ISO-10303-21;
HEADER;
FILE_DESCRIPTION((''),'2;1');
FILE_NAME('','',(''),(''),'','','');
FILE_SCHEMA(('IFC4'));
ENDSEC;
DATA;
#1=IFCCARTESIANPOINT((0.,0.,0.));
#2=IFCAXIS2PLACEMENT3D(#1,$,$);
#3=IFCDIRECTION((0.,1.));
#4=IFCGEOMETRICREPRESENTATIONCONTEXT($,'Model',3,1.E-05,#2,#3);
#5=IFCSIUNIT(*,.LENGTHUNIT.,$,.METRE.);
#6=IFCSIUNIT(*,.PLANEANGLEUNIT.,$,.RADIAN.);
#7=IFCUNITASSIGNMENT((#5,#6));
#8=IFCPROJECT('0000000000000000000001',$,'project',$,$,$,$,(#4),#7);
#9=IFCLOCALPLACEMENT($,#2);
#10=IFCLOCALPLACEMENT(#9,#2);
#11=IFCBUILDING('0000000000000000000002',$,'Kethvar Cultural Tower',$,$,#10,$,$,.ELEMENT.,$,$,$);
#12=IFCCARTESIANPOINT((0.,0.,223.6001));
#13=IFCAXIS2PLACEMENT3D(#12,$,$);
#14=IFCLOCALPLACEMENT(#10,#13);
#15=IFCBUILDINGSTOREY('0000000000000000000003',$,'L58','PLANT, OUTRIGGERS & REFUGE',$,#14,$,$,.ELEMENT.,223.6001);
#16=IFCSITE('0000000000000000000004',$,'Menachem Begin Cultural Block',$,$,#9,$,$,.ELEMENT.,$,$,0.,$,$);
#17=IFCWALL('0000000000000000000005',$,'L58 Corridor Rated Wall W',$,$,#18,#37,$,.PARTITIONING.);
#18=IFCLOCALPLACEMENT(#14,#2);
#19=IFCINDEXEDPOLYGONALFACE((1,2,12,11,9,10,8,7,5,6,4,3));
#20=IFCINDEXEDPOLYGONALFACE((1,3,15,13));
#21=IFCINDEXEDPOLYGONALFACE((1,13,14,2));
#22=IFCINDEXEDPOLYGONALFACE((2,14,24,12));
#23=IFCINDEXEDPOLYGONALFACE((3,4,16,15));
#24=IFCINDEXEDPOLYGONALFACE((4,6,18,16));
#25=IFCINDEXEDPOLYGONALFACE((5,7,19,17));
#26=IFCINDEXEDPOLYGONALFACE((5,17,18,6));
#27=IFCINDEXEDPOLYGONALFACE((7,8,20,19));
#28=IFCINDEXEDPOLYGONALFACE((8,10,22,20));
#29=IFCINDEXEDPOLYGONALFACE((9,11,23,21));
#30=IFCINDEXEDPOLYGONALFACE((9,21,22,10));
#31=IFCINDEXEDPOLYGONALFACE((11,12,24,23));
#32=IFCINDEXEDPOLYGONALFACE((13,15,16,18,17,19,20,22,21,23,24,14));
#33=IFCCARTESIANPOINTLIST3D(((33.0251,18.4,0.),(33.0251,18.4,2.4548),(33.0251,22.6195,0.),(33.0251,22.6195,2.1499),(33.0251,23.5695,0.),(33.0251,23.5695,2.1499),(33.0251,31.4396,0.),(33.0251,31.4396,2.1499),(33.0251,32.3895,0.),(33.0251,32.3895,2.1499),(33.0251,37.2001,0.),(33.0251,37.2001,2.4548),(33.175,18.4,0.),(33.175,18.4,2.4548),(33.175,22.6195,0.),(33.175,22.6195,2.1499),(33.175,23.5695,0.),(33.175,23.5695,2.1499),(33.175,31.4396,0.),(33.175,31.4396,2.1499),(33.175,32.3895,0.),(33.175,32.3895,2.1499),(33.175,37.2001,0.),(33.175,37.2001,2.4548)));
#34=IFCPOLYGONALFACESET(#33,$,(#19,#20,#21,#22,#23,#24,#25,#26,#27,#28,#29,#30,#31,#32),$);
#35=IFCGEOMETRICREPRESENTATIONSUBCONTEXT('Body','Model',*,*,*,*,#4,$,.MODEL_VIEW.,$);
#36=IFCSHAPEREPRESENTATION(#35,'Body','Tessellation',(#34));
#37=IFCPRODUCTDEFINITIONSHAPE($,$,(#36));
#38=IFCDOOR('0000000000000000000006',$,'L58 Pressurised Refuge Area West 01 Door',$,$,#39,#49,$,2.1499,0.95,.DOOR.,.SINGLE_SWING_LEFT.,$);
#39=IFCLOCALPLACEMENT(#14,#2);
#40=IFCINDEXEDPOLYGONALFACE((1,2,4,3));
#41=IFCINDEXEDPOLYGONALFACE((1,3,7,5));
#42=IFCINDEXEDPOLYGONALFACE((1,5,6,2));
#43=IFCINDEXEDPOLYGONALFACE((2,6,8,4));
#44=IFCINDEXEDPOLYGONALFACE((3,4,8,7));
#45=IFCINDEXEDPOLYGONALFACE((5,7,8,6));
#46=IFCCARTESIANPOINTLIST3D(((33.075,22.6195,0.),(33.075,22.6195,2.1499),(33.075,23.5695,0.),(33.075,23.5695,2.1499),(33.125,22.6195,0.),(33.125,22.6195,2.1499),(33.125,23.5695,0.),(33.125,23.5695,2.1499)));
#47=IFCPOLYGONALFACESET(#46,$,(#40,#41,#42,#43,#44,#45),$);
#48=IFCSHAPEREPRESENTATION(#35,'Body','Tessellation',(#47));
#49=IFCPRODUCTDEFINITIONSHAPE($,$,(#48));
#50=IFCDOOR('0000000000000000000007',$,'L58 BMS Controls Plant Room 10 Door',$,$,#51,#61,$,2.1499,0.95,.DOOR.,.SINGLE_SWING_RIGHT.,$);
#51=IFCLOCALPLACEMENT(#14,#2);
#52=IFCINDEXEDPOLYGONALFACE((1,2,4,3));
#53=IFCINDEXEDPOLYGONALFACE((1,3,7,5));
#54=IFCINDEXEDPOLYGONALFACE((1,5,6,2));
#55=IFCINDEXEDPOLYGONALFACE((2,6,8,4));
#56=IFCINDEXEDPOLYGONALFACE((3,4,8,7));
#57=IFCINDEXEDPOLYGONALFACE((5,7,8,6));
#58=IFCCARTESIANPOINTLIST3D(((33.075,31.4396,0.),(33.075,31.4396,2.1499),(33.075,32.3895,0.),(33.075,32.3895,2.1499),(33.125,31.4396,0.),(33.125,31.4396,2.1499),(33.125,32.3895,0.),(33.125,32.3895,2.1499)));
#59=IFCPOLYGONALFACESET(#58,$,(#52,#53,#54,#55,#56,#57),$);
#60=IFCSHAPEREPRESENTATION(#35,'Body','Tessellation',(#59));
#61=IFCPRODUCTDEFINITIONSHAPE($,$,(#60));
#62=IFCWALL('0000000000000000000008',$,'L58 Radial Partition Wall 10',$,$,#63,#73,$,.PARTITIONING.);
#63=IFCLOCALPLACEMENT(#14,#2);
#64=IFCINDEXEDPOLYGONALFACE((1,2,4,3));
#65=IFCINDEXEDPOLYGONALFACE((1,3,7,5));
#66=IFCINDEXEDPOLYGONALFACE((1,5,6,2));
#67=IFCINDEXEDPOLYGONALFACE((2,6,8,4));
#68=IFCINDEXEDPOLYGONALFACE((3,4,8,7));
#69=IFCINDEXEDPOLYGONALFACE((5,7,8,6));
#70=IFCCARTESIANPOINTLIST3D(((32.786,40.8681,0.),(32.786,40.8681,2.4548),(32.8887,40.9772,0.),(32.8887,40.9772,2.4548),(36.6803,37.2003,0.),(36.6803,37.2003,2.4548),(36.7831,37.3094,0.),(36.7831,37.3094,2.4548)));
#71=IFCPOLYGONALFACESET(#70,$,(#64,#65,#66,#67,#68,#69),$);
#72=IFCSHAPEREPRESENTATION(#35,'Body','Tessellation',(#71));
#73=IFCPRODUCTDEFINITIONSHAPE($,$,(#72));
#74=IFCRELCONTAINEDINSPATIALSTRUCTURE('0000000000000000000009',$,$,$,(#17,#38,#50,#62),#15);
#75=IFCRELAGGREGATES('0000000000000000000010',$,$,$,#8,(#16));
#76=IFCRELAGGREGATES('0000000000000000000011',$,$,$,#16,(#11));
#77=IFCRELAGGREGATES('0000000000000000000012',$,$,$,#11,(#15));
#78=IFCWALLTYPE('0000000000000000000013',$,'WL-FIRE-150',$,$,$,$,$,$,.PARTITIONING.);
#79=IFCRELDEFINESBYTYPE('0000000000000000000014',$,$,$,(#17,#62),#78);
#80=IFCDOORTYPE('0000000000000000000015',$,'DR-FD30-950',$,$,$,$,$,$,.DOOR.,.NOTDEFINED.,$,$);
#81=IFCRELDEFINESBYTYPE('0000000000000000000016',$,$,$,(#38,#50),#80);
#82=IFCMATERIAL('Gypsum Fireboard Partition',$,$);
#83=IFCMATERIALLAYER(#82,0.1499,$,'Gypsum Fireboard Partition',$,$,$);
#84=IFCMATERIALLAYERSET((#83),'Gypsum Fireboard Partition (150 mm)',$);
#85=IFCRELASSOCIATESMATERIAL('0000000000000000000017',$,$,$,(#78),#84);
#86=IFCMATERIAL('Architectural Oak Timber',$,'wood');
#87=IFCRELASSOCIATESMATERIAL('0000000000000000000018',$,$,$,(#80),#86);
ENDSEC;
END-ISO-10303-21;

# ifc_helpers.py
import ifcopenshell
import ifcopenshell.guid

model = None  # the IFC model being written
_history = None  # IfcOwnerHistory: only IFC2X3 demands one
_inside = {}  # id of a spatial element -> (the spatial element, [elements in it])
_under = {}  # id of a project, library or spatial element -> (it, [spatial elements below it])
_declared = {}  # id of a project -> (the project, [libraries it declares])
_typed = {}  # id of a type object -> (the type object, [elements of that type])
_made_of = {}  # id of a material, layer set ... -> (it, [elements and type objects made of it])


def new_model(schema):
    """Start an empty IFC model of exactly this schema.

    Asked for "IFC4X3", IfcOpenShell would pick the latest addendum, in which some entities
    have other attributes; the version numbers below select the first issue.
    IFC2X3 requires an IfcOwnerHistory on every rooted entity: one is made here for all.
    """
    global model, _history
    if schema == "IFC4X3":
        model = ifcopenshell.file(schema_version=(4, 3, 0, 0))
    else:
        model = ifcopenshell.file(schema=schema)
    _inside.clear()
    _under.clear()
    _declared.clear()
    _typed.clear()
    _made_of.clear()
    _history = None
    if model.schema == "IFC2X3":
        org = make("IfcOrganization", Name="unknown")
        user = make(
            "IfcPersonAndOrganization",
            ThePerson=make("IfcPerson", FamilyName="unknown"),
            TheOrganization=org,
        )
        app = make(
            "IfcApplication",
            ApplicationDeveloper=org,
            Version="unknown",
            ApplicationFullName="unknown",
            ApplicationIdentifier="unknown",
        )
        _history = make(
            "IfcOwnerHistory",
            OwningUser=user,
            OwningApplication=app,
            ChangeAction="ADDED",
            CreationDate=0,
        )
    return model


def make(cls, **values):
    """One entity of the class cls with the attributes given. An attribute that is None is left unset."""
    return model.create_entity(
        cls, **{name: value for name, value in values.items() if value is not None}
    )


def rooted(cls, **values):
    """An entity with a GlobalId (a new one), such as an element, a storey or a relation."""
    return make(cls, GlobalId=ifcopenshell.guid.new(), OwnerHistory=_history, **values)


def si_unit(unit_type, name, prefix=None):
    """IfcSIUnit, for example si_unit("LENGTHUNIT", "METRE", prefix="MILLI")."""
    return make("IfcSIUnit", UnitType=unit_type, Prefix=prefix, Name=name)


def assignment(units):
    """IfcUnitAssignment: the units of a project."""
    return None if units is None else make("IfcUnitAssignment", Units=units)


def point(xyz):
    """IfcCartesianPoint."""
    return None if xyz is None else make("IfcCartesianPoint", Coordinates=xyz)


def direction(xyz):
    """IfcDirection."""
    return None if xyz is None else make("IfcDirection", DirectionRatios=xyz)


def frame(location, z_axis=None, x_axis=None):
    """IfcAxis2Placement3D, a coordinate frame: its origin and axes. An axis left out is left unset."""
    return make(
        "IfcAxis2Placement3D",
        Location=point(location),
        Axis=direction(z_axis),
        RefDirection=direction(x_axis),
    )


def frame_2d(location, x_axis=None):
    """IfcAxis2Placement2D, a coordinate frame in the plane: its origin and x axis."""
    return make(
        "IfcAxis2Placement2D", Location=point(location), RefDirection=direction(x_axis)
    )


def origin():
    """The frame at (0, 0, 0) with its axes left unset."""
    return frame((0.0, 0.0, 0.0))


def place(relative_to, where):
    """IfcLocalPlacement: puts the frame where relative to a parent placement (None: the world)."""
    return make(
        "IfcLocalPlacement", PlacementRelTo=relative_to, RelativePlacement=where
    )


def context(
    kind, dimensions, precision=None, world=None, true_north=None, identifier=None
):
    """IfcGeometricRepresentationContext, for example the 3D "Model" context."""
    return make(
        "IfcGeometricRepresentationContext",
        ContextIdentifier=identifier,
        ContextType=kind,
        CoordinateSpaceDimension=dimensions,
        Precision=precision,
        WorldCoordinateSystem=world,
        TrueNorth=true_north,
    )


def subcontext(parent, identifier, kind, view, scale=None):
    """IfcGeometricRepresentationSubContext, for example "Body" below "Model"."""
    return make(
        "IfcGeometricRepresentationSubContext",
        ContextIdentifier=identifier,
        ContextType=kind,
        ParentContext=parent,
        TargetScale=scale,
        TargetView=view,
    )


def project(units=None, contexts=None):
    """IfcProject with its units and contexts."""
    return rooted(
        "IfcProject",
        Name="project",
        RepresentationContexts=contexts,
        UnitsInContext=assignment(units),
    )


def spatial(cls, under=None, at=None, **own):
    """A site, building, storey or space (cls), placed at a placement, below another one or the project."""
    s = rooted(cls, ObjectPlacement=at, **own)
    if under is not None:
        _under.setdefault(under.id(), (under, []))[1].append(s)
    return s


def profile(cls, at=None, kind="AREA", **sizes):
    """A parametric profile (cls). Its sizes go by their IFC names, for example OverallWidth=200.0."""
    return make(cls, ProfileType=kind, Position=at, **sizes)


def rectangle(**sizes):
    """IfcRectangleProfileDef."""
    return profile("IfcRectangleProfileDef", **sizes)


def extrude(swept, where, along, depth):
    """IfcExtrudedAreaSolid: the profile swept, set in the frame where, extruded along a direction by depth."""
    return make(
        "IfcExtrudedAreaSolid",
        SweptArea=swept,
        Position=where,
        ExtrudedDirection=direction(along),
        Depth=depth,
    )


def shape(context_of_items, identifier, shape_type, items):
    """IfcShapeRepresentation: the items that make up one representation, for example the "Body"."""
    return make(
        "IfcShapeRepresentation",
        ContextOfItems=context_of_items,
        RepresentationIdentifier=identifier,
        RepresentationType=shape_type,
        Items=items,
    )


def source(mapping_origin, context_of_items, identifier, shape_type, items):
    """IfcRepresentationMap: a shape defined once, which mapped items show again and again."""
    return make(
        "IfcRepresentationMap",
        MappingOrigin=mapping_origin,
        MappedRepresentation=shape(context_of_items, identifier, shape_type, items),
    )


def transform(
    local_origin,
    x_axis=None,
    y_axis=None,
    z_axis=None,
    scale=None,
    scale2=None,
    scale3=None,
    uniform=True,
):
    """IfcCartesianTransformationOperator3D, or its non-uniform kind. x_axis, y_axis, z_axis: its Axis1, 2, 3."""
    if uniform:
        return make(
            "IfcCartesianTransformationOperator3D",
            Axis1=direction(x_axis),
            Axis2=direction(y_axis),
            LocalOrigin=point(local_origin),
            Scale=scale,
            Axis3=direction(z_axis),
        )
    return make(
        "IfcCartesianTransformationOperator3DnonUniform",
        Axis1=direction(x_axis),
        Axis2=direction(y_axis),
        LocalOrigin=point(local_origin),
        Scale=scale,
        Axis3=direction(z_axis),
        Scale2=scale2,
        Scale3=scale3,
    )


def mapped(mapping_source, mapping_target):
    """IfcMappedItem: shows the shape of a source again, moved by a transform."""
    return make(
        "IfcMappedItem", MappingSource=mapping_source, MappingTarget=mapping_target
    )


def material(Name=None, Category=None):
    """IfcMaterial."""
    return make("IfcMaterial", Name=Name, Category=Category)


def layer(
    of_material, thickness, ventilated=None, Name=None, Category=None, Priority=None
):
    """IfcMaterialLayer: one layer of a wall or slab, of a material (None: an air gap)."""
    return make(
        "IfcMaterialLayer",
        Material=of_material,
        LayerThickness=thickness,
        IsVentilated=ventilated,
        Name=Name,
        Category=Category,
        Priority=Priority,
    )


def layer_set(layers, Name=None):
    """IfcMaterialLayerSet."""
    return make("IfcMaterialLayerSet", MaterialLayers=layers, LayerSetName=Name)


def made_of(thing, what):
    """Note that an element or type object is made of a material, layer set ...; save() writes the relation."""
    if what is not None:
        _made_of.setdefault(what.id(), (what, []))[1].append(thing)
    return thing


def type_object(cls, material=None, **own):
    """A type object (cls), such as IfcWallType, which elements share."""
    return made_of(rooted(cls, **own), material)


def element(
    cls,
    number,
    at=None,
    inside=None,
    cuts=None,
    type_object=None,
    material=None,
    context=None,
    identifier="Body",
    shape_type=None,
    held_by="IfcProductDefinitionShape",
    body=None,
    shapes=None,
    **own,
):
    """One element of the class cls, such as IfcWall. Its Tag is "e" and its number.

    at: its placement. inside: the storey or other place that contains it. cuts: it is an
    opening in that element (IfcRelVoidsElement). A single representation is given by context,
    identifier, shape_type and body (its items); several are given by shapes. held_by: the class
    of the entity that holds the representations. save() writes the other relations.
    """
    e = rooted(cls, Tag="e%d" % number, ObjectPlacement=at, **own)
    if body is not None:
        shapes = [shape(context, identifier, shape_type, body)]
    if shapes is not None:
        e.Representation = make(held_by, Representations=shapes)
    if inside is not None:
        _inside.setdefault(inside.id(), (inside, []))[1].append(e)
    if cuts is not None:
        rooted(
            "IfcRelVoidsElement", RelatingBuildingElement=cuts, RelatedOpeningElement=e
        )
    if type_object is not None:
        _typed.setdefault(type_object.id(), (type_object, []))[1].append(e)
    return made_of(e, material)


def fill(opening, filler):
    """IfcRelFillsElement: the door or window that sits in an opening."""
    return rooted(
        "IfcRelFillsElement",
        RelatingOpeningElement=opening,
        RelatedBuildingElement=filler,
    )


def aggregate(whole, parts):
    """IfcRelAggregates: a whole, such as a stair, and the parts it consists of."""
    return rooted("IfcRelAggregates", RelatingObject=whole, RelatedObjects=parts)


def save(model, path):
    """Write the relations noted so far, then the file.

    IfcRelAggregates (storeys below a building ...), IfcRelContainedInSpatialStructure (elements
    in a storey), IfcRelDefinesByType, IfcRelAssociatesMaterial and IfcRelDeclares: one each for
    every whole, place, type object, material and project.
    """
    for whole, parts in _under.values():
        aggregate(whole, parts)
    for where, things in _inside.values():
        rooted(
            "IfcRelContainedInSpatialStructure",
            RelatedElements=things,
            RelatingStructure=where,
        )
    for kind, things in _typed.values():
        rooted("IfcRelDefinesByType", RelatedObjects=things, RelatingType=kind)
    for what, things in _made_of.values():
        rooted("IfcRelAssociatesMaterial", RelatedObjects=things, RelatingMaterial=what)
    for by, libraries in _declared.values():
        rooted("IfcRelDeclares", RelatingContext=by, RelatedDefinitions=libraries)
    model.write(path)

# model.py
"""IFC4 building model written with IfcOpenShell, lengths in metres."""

from ifc_helpers import new_model, si_unit, direction, frame, frame_2d, origin, place, context, subcontext, project, spatial, rectangle, extrude, source, transform, mapped, material, layer, layer_set, type_object, element, fill, save


model = new_model("IFC4")

# Units and contexts
model_context = context("Model", 3, precision=1e-05, world=origin(), true_north=direction((0.0, 1.0)))
body_context = subcontext(model_context, "Body", "Model", "MODEL_VIEW")
ifc_project = project(units=[si_unit("LENGTHUNIT", "METRE"), si_unit("PLANEANGLEUNIT", "RADIAN")], contexts=[model_context])

# Site, building, storey
site_placement = place(None, origin())
site = spatial("IfcSite", under=ifc_project, at=site_placement, Name="Menachem Begin Cultural Block", CompositionType="ELEMENT", RefElevation=0.0)
building_placement = place(site_placement, origin())
building = spatial("IfcBuilding", under=site, at=building_placement, Name="Kethvar Cultural Tower", CompositionType="ELEMENT")
storey_placement = place(building_placement, frame((0.0, 0.0, 223.6001)))
storey = spatial("IfcBuildingStorey", under=building, at=storey_placement, Name="L58", Description="PLANT, OUTRIGGERS & REFUGE", CompositionType="ELEMENT", Elevation=223.6001)

# Wall, openings, doors
ifc_material_1 = material(Name="Gypsum Fireboard Partition")
ifc_layer_1 = layer(ifc_material_1, 0.1499, Name="Gypsum Fireboard Partition")
ifc_layer_set_1 = layer_set([ifc_layer_1], Name="Gypsum Fireboard Partition (150 mm)")
wall_type = type_object("IfcWallType", Name="WL-FIRE-150", PredefinedType="PARTITIONING", material=ifc_layer_set_1)
wall_1_placement = place(storey_placement, frame((33.1001, 37.2, 0.0), z_axis=(0.0, 0.0, 1.0), x_axis=(0.0, -1.0, 0.0)))
wall_1 = element("IfcWall", 1, at=wall_1_placement, inside=storey, type_object=wall_type, Name="L58 Corridor Rated Wall W", PredefinedType="PARTITIONING", context=body_context, shape_type="SweptSolid", body=[
    extrude(rectangle(XDim=18.8, YDim=0.1499, at=frame_2d((9.3999, 0.0))), origin(), (0.0, 0.0, 1.0), 2.4548),
])
opening_1_placement = place(wall_1_placement, frame((13.6304, 0.0, 0.0)))
opening_1 = element("IfcOpeningElement", 2, at=opening_1_placement, cuts=wall_1, PredefinedType="OPENING", context=body_context, shape_type="SweptSolid", body=[
    extrude(rectangle(XDim=0.95, YDim=2.1499, at=frame_2d((0.4751, 1.075))), frame((0.0, 0.085, 0.0), z_axis=(0.0, -1.0, 0.0), x_axis=(1.0, 0.0, 0.0)), (0.0, 0.0, 1.0), 0.1699),
])
opening_2_placement = place(wall_1_placement, frame((4.8103, 0.0, 0.0)))
opening_2 = element("IfcOpeningElement", 3, at=opening_2_placement, cuts=wall_1, PredefinedType="OPENING", context=body_context, shape_type="SweptSolid", body=[
    extrude(rectangle(XDim=0.95, YDim=2.1499, at=frame_2d((0.4751, 1.075))), frame((0.0, 0.085, 0.0), z_axis=(0.0, -1.0, 0.0), x_axis=(1.0, 0.0, 0.0)), (0.0, 0.0, 1.0), 0.1699),
])
ifc_material_2 = material(Name="Architectural Oak Timber", Category="wood")
door_type = type_object("IfcDoorType", Name="DR-FD30-950", OperationType="NOTDEFINED", PredefinedType="DOOR", material=ifc_material_2)
shared_shape_1 = source(origin(), body_context, "Body", "SweptSolid", [
    extrude(rectangle(XDim=0.95, YDim=2.1499, at=frame_2d((0.4751, 1.075))), frame((0.0, 0.0249, 0.0), z_axis=(0.0, -1.0, 0.0), x_axis=(1.0, 0.0, 0.0)), (0.0, 0.0, 1.0), 0.05),
])
door_1_placement = place(opening_1_placement, origin())
door_1 = element("IfcDoor", 4, at=door_1_placement, inside=storey, type_object=door_type, Name="L58 Pressurised Refuge Area West 01 Door", OperationType="SINGLE_SWING_LEFT", OverallHeight=2.1499, OverallWidth=0.95, PredefinedType="DOOR", context=body_context, shape_type="MappedRepresentation", body=[
    mapped(shared_shape_1, transform((0.0, 0.0, 0.0), scale=1.0)),
])
fill(opening_1, door_1)
door_2_placement = place(opening_2_placement, origin())
door_2 = element("IfcDoor", 5, at=door_2_placement, inside=storey, type_object=door_type, Name="L58 BMS Controls Plant Room 10 Door", OperationType="SINGLE_SWING_RIGHT", OverallHeight=2.1499, OverallWidth=0.95, PredefinedType="DOOR", context=body_context, shape_type="MappedRepresentation", body=[
    mapped(shared_shape_1, transform((0.0, 0.0, 0.0), scale=1.0)),
])
fill(opening_2, door_2)

# Wall
wall_2_placement = place(storey_placement, frame((36.7317, 37.2549, 0.0), z_axis=(0.0, 0.0, 1.0), x_axis=(-0.727965, 0.685614, 0.0)))
element("IfcWall", 6, at=wall_2_placement, inside=storey, type_object=wall_type, Name="L58 Radial Partition Wall 10", PredefinedType="PARTITIONING", context=body_context, shape_type="SweptSolid", body=[
    extrude(rectangle(XDim=5.3496, YDim=0.1499, at=frame_2d((2.6748, 0.0))), origin(), (0.0, 0.0, 1.0), 2.4548),
])

save(model, "model.ifc")
